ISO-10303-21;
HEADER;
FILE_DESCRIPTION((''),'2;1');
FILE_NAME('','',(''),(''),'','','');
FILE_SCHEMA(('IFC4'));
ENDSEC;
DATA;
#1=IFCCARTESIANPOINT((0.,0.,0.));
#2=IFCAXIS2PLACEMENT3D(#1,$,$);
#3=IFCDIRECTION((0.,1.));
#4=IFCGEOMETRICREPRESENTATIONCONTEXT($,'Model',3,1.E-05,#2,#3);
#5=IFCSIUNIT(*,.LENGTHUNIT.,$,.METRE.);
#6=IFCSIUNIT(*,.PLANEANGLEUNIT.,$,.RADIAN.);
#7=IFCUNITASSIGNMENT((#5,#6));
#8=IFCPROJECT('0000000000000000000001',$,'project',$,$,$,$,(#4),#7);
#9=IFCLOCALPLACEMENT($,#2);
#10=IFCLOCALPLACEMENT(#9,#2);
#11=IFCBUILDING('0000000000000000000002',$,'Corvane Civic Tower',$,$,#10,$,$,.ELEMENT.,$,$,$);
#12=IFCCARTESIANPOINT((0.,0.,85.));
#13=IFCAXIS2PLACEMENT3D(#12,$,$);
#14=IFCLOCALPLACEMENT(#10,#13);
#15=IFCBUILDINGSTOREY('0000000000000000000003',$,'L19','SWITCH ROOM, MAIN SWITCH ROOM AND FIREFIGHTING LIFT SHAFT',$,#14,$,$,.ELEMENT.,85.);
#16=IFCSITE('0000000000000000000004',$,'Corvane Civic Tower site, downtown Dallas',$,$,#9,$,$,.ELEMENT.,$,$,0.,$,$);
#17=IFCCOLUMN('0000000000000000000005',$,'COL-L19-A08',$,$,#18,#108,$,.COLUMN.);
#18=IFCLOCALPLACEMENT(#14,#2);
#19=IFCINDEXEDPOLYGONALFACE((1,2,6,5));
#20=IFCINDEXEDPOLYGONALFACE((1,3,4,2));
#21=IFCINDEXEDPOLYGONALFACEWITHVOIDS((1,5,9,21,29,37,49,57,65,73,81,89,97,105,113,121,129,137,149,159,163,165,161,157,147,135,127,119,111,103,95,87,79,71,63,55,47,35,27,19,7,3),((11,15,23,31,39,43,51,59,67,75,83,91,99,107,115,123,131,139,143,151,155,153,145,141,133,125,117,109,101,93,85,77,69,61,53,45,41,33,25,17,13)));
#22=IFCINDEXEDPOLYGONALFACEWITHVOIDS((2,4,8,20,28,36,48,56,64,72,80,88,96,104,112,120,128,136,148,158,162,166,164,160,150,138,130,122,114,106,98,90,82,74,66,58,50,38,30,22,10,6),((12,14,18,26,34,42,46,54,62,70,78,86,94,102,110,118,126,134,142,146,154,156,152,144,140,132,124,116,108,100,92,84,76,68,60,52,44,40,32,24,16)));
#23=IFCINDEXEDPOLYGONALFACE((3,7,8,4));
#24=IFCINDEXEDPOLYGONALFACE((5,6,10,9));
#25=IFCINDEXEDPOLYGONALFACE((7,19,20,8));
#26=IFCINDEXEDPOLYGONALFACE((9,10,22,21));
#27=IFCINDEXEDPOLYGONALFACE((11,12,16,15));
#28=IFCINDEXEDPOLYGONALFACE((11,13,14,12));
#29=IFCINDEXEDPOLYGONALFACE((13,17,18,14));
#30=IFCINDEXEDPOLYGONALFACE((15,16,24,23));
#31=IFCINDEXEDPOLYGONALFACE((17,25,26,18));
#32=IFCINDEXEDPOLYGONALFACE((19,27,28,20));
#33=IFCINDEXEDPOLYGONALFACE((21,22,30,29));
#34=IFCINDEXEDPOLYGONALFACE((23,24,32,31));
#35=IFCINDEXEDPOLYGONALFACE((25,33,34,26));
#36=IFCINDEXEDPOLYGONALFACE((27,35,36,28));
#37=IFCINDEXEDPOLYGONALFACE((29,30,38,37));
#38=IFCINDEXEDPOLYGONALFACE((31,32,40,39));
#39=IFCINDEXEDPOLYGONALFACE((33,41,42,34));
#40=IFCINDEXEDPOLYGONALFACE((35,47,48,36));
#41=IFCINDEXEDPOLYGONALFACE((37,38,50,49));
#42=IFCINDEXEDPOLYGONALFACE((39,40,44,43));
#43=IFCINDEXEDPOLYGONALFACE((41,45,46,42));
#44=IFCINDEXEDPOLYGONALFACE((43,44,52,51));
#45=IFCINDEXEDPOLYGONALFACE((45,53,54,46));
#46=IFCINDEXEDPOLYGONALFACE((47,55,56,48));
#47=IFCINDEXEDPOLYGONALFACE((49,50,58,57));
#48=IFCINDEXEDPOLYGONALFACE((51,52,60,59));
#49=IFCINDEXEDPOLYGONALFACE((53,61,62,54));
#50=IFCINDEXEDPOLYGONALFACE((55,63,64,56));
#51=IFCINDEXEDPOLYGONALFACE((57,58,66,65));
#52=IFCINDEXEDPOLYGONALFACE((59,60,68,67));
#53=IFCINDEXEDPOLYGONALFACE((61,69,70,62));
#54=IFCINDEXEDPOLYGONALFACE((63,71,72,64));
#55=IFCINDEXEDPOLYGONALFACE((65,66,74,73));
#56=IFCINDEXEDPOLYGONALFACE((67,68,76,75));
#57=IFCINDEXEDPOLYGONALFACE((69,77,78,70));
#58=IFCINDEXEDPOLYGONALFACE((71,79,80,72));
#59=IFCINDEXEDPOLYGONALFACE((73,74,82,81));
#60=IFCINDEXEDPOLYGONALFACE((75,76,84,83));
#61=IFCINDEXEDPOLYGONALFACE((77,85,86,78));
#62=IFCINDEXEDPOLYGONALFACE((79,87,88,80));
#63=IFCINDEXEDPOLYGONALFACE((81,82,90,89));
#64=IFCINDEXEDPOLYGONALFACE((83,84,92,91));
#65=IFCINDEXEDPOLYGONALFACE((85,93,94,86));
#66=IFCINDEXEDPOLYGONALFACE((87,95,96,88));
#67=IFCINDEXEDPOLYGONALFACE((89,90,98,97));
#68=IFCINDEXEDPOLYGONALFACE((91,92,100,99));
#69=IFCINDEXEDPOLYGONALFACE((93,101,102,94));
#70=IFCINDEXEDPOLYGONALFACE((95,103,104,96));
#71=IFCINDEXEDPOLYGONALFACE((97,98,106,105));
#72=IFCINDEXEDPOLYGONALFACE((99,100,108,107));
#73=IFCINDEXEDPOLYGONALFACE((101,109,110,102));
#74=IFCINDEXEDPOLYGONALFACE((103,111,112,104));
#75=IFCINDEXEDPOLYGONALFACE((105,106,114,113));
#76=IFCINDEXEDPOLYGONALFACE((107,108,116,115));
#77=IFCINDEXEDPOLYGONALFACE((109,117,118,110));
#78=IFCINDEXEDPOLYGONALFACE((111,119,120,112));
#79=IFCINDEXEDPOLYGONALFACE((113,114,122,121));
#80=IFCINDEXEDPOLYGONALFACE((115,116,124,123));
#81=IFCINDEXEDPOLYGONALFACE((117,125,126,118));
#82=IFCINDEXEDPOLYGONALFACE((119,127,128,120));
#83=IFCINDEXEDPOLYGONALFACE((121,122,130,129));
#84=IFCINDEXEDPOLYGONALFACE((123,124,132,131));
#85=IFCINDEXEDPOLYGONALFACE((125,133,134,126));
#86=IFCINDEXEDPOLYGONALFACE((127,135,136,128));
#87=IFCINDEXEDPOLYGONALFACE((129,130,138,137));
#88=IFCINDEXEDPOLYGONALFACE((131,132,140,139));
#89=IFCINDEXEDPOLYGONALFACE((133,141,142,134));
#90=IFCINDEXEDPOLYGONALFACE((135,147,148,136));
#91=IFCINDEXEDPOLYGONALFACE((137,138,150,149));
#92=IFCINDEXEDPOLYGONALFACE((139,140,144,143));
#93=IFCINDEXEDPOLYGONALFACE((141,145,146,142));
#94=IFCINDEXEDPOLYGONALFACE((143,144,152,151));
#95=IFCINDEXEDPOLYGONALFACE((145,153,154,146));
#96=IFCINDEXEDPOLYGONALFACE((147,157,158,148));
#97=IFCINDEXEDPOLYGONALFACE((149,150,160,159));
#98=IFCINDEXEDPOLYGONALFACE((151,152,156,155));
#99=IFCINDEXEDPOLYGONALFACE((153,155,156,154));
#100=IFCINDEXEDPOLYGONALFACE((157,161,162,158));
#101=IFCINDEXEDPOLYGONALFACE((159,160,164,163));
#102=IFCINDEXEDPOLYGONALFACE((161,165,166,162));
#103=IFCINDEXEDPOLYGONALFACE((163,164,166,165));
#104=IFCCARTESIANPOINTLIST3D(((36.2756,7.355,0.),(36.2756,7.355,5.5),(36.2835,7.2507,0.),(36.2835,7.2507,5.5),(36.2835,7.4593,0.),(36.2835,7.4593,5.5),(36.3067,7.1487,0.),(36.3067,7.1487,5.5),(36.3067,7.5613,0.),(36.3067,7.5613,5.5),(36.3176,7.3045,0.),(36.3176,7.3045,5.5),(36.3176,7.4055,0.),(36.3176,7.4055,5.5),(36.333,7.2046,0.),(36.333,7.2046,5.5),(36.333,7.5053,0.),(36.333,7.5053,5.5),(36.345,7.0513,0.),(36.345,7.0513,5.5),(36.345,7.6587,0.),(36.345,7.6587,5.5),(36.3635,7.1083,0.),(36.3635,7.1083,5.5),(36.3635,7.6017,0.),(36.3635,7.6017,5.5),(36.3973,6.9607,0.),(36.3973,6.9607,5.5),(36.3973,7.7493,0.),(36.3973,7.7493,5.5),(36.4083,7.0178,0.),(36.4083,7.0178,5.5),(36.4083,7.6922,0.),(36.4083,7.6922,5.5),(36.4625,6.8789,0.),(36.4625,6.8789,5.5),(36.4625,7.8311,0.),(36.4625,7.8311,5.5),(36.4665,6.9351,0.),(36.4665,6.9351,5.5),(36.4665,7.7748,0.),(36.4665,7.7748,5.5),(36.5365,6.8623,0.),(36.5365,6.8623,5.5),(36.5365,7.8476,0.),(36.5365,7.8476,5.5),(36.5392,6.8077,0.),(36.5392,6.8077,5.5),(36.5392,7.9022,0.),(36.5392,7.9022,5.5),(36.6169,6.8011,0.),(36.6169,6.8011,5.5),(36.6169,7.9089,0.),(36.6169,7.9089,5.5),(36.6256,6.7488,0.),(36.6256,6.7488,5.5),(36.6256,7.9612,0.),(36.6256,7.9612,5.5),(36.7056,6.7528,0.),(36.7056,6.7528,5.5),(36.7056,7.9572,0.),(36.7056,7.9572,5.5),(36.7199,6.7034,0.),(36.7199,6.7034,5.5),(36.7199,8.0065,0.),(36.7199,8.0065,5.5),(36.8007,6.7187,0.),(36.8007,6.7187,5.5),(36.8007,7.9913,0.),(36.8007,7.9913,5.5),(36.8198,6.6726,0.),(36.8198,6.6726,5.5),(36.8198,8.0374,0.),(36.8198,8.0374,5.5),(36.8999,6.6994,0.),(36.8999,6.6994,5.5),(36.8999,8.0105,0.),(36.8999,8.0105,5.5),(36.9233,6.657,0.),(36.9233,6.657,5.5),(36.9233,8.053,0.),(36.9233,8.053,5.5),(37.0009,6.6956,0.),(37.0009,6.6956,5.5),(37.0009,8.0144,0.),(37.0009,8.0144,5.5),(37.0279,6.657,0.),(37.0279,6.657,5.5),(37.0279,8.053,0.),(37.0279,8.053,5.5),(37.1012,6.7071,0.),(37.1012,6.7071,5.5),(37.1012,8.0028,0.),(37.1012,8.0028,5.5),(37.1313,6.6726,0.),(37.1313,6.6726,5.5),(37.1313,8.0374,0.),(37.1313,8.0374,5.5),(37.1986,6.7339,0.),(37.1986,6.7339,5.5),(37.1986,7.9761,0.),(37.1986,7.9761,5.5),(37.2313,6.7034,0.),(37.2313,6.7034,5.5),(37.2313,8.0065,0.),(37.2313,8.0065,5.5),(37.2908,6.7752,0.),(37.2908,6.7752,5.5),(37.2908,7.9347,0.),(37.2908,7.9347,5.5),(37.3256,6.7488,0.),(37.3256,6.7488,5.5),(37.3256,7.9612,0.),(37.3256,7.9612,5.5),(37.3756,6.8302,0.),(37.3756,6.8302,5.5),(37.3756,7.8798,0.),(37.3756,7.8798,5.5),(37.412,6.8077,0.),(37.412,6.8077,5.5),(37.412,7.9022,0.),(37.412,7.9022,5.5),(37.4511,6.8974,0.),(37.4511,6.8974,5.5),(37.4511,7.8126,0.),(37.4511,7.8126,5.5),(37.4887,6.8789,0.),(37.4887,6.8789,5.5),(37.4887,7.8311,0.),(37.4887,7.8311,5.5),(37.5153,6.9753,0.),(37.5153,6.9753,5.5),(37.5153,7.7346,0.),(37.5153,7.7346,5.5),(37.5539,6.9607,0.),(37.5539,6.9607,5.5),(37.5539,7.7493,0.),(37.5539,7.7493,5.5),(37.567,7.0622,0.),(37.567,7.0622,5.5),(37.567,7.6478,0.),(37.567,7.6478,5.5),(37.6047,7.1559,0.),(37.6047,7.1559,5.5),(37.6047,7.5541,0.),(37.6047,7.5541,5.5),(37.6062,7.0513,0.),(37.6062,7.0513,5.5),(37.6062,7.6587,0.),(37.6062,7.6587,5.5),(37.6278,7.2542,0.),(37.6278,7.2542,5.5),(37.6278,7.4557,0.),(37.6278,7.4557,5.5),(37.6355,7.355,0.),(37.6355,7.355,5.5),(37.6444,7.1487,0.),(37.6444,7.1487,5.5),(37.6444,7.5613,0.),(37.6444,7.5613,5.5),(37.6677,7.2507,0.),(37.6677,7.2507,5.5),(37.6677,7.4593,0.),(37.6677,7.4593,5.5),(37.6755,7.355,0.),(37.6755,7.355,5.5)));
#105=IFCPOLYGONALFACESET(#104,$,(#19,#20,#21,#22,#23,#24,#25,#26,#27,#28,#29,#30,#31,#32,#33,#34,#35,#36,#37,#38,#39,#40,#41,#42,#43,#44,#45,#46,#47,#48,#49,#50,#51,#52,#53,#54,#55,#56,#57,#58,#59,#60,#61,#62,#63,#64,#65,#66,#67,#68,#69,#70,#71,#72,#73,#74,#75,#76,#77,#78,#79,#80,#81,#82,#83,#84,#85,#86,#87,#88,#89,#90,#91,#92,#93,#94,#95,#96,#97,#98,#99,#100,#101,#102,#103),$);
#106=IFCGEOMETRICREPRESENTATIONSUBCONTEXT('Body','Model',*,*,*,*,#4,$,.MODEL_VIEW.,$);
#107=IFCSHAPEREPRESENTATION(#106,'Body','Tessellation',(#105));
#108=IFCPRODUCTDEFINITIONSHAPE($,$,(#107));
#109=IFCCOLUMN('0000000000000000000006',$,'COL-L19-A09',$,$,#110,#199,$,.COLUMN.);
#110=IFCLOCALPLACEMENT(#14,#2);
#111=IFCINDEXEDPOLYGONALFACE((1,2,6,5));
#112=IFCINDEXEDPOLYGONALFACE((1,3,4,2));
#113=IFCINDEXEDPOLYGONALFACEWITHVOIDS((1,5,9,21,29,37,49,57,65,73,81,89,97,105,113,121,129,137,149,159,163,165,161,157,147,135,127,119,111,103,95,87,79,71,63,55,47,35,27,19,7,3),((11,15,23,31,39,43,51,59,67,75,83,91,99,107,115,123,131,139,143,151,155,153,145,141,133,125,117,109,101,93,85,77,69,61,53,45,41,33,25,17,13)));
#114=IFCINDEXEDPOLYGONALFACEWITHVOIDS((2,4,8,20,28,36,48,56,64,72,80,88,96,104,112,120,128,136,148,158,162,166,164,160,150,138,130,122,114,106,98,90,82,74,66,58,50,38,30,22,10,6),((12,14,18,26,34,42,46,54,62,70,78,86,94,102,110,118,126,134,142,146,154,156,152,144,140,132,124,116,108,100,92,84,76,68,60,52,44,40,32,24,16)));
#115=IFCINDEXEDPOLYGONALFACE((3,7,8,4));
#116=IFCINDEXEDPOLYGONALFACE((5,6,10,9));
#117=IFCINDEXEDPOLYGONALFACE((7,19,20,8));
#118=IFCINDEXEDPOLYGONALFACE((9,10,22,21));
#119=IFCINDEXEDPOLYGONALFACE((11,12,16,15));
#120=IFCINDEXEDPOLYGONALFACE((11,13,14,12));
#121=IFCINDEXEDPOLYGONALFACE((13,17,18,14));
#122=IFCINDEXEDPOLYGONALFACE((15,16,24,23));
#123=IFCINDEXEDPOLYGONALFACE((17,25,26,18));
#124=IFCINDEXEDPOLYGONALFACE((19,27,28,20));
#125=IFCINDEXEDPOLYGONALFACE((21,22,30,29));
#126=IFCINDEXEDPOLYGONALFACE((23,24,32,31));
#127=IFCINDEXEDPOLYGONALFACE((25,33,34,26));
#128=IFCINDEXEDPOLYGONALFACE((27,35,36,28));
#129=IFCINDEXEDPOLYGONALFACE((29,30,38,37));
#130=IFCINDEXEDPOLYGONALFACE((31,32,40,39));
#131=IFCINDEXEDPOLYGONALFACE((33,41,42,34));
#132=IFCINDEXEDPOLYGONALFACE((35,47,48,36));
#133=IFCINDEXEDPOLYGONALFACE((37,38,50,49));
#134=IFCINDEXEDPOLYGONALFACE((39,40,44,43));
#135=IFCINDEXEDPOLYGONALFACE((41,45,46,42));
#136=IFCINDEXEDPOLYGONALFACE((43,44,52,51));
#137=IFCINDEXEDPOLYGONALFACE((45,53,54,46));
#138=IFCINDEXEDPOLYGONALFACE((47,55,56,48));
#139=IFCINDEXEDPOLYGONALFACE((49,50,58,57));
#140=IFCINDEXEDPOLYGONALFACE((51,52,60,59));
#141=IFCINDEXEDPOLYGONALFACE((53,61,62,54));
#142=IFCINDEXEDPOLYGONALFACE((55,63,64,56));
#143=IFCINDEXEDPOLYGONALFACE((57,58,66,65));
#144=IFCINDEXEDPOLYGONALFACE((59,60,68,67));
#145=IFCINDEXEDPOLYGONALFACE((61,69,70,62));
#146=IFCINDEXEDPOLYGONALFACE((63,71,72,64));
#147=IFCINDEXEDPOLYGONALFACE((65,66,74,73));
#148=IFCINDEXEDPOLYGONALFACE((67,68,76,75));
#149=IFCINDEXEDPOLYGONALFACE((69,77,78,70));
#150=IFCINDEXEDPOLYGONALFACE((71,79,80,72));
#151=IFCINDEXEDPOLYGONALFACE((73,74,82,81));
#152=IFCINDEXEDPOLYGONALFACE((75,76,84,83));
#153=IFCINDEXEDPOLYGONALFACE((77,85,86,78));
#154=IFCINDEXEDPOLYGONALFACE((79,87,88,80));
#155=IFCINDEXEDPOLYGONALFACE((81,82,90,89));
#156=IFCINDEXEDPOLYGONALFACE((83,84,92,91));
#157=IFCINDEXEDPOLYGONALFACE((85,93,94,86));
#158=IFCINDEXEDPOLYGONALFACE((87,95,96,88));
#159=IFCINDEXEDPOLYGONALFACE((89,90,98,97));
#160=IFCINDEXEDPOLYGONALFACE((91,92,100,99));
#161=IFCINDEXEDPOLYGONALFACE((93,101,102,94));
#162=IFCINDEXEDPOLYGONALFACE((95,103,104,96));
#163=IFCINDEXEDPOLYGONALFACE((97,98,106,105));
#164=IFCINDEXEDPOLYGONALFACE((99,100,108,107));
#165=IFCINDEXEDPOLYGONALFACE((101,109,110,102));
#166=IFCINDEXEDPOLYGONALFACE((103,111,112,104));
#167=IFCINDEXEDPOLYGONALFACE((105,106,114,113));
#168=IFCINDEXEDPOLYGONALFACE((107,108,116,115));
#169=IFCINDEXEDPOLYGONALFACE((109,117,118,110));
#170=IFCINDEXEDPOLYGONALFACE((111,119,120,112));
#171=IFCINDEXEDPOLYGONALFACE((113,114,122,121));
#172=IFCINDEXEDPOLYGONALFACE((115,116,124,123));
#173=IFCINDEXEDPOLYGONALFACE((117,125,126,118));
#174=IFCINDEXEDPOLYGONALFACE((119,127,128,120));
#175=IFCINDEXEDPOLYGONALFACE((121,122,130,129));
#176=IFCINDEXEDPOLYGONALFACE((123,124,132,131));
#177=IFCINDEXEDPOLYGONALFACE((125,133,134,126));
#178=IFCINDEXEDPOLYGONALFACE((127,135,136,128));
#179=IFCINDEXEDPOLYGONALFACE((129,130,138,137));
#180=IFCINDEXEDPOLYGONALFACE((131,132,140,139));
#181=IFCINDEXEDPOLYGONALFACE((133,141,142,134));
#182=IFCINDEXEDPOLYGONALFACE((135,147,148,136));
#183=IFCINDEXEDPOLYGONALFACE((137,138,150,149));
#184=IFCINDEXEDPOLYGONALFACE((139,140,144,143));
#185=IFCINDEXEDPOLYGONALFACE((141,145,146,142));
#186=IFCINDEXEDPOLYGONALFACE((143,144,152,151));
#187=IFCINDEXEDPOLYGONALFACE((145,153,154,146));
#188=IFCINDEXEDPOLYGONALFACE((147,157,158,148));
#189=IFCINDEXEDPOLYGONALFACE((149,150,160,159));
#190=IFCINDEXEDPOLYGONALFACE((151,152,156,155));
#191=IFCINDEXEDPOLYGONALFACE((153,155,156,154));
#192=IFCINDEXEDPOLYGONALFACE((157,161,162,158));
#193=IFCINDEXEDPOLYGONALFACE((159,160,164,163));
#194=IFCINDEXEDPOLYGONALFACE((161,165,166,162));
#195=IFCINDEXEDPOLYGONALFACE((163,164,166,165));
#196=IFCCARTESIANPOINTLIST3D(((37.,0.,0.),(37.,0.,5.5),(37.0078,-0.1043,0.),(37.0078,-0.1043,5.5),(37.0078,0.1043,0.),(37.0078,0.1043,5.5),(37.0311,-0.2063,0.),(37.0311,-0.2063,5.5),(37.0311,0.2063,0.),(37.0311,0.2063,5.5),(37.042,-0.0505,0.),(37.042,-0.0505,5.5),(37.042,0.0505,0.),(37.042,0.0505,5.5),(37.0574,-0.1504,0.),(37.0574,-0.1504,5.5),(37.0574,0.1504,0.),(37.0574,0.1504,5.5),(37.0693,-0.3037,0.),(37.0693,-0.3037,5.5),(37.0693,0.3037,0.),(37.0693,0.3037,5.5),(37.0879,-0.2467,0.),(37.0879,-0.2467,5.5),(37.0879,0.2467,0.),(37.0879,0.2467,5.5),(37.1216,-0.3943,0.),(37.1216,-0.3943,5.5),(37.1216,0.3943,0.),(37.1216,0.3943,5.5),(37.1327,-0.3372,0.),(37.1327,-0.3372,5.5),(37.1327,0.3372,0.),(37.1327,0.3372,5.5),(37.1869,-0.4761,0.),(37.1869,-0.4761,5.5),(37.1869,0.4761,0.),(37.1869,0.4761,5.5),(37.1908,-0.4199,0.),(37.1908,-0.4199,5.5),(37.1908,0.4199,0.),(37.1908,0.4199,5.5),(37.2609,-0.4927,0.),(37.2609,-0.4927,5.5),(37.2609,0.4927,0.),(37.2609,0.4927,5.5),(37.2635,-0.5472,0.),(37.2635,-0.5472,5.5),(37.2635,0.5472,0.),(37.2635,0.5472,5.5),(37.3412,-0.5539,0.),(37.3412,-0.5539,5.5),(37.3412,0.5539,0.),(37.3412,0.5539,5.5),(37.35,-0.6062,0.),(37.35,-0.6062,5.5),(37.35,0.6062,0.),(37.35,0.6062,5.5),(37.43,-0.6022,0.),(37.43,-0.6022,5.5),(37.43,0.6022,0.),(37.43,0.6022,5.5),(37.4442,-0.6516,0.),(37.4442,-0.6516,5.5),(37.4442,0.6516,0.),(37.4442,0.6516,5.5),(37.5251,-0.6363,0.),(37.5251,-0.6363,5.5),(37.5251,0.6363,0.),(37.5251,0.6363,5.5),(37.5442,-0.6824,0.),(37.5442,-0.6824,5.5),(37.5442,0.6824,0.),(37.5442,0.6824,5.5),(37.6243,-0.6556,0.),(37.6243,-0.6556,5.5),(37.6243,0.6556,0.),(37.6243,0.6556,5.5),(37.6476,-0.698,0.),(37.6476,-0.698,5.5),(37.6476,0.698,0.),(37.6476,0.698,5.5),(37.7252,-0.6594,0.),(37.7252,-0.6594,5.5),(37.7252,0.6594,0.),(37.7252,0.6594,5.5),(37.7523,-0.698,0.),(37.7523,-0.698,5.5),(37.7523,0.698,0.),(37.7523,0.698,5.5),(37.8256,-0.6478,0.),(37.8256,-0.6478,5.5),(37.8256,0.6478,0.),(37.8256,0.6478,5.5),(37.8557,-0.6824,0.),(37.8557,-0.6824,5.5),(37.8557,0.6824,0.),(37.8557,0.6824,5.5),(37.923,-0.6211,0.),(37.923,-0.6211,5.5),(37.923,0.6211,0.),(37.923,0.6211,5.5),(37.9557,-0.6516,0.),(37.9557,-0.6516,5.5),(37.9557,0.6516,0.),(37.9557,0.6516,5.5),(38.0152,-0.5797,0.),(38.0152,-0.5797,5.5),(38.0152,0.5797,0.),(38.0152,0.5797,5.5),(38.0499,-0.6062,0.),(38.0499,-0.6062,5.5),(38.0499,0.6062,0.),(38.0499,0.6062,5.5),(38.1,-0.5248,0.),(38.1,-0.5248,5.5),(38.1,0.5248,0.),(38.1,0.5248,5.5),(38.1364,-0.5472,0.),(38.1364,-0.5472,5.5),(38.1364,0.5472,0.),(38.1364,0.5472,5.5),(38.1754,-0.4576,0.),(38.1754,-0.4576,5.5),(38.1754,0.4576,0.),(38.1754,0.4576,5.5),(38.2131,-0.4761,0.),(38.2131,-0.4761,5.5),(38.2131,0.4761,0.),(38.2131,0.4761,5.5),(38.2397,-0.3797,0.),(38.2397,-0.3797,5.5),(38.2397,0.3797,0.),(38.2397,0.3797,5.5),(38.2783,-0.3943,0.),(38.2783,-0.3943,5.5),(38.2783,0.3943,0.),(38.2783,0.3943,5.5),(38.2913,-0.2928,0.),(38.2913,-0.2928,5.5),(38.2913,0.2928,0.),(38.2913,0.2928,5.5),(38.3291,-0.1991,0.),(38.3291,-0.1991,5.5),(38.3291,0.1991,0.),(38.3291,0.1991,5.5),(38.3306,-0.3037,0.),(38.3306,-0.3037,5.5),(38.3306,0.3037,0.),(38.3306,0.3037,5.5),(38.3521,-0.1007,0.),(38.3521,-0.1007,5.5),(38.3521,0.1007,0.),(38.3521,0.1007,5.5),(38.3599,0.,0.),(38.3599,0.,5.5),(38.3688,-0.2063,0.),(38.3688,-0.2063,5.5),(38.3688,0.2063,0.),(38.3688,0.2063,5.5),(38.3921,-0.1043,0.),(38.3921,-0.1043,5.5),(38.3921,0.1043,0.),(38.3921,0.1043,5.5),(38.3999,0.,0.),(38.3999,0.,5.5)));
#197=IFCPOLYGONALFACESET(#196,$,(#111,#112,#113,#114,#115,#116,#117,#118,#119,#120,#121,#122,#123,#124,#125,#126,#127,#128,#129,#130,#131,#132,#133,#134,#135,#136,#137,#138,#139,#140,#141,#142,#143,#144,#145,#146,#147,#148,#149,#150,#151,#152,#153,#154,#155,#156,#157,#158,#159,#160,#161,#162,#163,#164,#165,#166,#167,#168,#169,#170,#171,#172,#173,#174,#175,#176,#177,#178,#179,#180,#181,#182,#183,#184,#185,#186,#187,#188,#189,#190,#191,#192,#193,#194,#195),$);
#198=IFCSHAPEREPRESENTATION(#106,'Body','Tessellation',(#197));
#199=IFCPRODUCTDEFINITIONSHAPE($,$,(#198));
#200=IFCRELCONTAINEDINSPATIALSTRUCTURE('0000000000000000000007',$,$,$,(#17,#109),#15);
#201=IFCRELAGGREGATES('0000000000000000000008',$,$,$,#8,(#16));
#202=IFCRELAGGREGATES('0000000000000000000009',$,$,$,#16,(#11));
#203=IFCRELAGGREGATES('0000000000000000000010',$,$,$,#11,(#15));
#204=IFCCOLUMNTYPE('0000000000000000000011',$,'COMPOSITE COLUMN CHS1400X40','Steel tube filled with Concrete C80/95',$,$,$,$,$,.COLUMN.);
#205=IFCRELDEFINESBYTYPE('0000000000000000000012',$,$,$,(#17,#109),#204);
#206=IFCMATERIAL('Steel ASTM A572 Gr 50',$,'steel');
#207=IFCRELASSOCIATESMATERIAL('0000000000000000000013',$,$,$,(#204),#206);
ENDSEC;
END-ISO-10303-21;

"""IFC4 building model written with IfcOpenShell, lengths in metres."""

from ifc_helpers import new_model, si_unit, direction, frame, origin, origin_2d, place, context, subcontext, project, spatial, hollow_circle, extrude, material, material_profile, profile_set, type_object, element, save


model = new_model("IFC4")

# Units and contexts
model_context = context("Model", 3, precision=1e-05, world=origin(), true_north=direction((0.0, 1.0)))
body_context = subcontext(model_context, "Body", "Model", "MODEL_VIEW")
ifc_project = project(units=[si_unit("LENGTHUNIT", "METRE"), si_unit("PLANEANGLEUNIT", "RADIAN")], contexts=[model_context])

# Site, building, storey
site_placement = place(None, origin())
site = spatial("IfcSite", under=ifc_project, at=site_placement, Name="Corvane Civic Tower site, downtown Dallas", CompositionType="ELEMENT", RefElevation=0.0)
building_placement = place(site_placement, origin())
building = spatial("IfcBuilding", under=site, at=building_placement, Name="Corvane Civic Tower", CompositionType="ELEMENT")
storey_placement = place(building_placement, frame((0.0, 0.0, 85.0)))
storey = spatial("IfcBuildingStorey", under=building, at=storey_placement, Name="L19", Description="SWITCH ROOM, MAIN SWITCH ROOM AND FIREFIGHTING LIFT SHAFT", CompositionType="ELEMENT", Elevation=85.0)

# Columns
ifc_material_1 = material(Name="Steel ASTM A572 Gr 50", Category="steel")
ifc_material_profile_1 = material_profile(ifc_material_1, hollow_circle(Radius=0.7, WallThickness=0.04, at=origin_2d()), Name="CHS1400X40")
ifc_profile_set_1 = profile_set([ifc_material_profile_1], Name="Steel ASTM A572 Gr 50")
column_type = type_object("IfcColumnType", Name="COMPOSITE COLUMN CHS1400X40", Description="Steel tube filled with Concrete C80/95", PredefinedType="COLUMN", material=ifc_profile_set_1)
for number, where, z_axis, x_axis, name in (
    (1, (36.9756, 7.355, 0.0), (0.0, 0.0, 1.0), (1.0, 0.0, 0.0), "COL-L19-A08"),
    (2, (37.7, 0.0, 0.0), (0.0, 0.0, 1.0), (1.0, 0.0, 0.0), "COL-L19-A09"),
):
    element("IfcColumn", number, at=place(storey_placement, frame(where, z_axis=z_axis, x_axis=x_axis)), inside=storey, type_object=column_type, Name=name, PredefinedType="COLUMN", context=body_context, shape_type="SweptSolid", body=[
        extrude(hollow_circle(Radius=0.7, WallThickness=0.04, at=origin_2d()), origin(), (0.0, 0.0, 1.0), 5.5),
    ])

save(model, "model.ifc")
